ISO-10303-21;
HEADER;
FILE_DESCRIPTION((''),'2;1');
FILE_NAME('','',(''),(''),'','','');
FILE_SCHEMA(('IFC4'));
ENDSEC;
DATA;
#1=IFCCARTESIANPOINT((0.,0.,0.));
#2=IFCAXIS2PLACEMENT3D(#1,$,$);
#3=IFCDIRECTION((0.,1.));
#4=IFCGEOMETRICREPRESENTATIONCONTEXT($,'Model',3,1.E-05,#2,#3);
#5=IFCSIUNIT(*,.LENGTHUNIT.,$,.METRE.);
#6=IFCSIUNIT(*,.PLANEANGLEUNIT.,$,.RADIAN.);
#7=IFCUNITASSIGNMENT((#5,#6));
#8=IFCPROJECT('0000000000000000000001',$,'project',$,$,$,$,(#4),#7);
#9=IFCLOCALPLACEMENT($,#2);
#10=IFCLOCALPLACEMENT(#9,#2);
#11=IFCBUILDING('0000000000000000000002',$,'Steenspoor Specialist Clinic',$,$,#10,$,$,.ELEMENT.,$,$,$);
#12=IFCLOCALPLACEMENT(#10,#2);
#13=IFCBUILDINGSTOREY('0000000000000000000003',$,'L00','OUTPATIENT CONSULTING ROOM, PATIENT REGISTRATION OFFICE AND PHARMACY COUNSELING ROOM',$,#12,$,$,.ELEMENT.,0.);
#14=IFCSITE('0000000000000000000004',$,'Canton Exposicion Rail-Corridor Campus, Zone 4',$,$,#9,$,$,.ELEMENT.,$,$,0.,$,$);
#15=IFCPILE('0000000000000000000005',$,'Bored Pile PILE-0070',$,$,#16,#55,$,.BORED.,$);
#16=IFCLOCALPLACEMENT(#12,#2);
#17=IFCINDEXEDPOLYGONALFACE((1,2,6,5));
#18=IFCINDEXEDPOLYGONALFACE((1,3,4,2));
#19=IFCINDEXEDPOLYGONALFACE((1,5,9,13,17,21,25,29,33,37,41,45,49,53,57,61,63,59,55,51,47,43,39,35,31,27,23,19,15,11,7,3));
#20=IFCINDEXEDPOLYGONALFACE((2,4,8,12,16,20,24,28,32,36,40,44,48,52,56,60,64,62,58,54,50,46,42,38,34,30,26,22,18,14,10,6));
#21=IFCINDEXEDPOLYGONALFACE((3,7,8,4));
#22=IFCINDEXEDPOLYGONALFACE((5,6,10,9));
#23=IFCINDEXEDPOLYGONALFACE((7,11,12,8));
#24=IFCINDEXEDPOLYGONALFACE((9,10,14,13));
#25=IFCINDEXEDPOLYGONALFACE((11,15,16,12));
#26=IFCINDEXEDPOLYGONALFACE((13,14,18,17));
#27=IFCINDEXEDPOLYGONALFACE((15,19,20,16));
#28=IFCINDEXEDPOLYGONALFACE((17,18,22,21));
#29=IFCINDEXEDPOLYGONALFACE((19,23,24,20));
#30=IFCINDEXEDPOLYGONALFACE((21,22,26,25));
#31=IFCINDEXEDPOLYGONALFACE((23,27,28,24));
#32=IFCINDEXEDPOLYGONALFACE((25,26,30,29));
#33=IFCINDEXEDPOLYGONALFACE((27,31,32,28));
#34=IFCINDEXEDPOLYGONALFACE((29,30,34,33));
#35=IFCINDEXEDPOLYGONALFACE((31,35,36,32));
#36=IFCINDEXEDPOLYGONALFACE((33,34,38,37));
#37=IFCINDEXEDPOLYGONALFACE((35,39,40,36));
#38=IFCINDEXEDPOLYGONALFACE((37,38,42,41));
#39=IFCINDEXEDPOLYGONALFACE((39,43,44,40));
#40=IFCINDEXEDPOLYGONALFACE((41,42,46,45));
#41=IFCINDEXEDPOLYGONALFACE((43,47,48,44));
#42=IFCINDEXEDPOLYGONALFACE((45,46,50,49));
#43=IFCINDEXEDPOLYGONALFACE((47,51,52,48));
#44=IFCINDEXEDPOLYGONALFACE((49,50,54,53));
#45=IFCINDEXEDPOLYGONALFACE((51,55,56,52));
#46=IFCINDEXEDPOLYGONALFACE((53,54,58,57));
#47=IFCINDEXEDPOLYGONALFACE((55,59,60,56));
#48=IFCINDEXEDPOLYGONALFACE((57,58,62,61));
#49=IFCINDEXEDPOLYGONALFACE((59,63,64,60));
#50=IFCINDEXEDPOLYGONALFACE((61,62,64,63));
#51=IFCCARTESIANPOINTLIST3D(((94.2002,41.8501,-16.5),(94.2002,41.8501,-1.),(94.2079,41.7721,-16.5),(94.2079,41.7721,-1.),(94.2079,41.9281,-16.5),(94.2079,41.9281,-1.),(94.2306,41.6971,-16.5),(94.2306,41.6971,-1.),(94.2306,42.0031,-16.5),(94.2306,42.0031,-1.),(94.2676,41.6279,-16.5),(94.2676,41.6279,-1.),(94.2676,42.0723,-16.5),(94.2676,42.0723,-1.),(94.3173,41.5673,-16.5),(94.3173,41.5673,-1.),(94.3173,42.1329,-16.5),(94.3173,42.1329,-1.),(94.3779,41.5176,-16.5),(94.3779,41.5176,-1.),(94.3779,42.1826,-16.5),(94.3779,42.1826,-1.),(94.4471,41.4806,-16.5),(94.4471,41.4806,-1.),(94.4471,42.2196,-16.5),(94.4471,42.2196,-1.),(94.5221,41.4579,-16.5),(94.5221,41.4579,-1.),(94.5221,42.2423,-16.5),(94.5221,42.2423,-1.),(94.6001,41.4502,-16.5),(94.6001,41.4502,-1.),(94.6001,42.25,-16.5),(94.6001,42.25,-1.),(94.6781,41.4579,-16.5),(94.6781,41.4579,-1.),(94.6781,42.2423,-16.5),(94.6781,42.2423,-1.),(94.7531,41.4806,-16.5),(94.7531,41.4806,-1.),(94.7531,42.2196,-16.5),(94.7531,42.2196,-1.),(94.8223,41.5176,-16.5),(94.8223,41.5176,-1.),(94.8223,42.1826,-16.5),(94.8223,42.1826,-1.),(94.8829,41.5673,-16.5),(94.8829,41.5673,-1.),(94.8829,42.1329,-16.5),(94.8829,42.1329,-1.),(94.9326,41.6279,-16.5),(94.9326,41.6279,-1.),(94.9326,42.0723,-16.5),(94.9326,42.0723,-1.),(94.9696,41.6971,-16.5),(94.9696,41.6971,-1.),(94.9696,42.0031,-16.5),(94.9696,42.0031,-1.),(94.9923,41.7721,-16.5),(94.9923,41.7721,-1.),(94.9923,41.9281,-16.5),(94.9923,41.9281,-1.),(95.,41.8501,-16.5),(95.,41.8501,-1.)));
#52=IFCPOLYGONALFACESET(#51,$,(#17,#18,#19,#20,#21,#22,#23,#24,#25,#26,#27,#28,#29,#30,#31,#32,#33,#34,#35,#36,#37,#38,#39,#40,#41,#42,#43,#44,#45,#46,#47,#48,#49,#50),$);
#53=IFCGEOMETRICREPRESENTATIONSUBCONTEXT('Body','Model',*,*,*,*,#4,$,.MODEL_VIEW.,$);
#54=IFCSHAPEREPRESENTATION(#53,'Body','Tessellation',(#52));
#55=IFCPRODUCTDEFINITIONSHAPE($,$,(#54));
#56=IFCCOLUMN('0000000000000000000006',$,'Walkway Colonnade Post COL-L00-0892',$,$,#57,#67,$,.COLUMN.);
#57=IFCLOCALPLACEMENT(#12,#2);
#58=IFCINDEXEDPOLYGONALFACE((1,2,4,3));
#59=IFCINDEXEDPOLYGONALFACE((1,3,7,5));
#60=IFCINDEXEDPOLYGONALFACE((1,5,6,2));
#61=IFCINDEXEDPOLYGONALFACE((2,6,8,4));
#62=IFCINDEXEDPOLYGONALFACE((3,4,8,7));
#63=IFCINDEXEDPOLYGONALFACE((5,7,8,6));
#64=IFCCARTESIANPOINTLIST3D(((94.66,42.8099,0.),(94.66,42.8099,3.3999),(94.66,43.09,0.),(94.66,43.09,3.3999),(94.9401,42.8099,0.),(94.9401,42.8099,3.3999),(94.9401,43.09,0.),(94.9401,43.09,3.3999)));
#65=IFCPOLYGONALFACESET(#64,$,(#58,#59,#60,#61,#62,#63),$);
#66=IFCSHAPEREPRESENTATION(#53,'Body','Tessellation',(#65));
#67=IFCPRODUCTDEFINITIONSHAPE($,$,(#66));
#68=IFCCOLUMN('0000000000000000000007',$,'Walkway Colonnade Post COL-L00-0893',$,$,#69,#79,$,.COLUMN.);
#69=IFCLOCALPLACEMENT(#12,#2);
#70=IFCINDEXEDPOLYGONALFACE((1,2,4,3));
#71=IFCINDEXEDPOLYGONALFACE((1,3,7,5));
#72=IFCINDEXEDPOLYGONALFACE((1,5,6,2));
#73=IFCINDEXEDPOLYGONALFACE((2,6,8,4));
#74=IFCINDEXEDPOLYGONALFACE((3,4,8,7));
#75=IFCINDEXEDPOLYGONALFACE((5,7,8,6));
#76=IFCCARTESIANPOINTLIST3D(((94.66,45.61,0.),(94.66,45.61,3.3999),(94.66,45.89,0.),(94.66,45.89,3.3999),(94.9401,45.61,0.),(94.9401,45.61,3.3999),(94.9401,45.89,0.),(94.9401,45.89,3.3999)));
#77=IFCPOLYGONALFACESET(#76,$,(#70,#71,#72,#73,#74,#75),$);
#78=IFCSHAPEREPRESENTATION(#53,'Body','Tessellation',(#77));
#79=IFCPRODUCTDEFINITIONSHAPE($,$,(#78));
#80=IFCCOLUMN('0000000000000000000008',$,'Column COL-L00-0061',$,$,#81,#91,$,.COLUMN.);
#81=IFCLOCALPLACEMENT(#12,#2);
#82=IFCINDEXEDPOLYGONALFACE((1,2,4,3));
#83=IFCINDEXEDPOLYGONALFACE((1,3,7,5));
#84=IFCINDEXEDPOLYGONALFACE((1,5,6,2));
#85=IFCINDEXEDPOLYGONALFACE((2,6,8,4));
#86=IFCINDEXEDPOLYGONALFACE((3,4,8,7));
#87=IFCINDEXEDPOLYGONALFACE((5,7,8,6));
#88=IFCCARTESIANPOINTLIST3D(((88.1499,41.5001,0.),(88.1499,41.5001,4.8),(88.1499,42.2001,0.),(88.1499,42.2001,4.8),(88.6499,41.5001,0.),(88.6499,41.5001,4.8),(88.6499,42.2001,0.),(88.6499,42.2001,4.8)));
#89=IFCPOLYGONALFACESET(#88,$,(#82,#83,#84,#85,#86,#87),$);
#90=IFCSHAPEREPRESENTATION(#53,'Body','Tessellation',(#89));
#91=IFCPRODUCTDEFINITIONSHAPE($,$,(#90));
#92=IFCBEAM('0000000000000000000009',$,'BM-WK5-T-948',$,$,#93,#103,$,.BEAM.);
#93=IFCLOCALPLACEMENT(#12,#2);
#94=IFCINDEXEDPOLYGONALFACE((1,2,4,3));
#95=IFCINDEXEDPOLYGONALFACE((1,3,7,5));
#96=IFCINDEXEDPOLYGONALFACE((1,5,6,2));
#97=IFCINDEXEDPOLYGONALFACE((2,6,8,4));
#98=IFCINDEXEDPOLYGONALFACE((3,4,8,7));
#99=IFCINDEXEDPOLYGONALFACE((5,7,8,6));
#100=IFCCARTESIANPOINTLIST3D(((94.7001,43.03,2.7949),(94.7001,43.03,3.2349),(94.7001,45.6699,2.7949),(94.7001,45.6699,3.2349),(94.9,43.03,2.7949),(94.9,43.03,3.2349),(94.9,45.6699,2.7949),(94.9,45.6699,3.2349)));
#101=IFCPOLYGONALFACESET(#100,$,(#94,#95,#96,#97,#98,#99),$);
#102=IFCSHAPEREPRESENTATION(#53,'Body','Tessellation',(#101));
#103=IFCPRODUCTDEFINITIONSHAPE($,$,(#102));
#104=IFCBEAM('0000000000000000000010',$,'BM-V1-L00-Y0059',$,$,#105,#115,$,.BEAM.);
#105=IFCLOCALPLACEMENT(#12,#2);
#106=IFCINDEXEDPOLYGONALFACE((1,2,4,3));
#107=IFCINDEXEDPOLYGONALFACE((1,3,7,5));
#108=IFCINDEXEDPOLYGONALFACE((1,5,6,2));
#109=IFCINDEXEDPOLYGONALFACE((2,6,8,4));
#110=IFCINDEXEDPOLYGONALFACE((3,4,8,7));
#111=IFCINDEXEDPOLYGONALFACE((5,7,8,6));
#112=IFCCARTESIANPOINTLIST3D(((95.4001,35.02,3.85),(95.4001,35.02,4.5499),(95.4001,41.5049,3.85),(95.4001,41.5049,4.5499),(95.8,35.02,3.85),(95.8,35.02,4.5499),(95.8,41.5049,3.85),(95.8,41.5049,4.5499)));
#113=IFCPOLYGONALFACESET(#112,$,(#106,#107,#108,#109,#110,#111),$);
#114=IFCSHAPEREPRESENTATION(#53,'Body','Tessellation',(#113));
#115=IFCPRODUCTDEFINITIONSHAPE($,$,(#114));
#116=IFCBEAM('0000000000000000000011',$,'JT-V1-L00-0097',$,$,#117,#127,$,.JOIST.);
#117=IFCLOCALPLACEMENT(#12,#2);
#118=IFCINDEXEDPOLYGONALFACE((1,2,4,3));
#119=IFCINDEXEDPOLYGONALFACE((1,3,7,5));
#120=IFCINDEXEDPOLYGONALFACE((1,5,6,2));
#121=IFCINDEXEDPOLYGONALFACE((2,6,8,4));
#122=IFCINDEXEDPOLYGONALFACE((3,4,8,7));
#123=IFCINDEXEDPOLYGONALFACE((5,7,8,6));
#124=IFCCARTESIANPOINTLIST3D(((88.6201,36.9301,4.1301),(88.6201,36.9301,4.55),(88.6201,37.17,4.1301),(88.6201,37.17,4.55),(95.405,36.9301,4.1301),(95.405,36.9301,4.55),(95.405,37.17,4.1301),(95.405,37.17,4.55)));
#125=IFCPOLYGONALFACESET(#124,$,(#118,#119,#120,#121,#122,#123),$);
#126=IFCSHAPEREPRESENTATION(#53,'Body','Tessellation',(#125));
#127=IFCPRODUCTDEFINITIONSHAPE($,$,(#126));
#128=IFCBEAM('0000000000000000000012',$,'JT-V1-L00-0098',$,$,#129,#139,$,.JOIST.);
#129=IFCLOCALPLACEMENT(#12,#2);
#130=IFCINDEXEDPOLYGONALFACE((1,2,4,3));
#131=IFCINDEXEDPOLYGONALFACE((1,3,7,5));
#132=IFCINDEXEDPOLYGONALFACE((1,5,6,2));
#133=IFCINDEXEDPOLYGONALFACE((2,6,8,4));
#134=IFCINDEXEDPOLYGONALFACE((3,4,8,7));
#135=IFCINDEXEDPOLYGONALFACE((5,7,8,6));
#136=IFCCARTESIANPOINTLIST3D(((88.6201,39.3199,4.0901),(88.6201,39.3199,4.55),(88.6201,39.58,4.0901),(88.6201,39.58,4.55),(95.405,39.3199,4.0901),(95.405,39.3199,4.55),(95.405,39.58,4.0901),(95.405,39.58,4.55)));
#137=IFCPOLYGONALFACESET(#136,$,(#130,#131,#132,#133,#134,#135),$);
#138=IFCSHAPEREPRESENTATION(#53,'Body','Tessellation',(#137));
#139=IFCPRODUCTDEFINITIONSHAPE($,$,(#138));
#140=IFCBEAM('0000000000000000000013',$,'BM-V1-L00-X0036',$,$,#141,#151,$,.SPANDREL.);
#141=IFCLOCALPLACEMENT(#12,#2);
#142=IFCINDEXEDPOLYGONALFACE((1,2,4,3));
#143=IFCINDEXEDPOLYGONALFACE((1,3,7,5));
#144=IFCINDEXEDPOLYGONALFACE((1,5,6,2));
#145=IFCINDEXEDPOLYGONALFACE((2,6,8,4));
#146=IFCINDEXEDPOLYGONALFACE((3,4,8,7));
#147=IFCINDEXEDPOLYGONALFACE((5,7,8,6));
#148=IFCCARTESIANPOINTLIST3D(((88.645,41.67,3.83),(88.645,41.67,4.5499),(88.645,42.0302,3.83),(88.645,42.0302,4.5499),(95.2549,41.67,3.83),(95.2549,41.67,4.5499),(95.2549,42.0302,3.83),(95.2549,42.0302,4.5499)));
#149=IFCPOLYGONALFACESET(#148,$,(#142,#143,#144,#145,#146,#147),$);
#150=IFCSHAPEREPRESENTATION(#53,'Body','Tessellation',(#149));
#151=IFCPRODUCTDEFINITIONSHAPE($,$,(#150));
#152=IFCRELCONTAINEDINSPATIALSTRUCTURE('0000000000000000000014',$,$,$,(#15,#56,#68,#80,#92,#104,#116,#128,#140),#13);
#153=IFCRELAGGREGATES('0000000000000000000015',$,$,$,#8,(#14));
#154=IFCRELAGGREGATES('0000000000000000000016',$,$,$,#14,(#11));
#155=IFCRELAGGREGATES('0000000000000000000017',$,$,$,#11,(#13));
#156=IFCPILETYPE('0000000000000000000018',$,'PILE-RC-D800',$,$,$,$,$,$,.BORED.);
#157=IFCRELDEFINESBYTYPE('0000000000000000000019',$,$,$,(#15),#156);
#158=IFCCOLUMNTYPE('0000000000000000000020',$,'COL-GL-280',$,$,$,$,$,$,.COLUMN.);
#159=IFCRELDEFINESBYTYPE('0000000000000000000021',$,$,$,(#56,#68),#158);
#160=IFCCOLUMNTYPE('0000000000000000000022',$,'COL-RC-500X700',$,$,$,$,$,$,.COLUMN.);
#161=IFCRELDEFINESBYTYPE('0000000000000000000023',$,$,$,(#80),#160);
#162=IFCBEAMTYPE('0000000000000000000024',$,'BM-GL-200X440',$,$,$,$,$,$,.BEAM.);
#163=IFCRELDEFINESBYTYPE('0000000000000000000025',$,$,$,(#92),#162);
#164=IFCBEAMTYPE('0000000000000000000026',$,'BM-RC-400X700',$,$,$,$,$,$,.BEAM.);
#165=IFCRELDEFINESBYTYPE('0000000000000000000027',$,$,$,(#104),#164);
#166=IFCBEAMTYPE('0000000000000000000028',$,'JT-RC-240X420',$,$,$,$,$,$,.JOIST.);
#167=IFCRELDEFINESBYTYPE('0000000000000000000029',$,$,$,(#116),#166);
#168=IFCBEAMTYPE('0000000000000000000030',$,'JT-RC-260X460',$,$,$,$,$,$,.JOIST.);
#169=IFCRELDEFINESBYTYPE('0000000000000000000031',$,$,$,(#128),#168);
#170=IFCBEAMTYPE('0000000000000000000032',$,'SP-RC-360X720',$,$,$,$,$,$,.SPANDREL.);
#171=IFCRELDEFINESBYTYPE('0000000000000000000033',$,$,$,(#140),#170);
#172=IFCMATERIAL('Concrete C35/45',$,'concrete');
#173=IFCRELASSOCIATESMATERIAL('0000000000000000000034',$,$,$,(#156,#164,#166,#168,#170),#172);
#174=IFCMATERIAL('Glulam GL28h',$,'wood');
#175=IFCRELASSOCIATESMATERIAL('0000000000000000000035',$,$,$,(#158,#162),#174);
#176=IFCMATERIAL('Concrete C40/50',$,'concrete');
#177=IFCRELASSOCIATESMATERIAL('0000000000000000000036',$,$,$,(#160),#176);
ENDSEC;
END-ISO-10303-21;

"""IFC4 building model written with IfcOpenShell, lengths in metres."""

from ifc_helpers import new_model, si_unit, direction, frame, origin, origin_2d, place, context, subcontext, project, spatial, rectangle, circle, extrude, material, material_profile, profile_set, type_object, element, save


model = new_model("IFC4")

# Units and contexts
model_context = context("Model", 3, precision=1e-05, world=origin(), true_north=direction((0.0, 1.0)))
body_context = subcontext(model_context, "Body", "Model", "MODEL_VIEW")
ifc_project = project(units=[si_unit("LENGTHUNIT", "METRE"), si_unit("PLANEANGLEUNIT", "RADIAN")], contexts=[model_context])

# Site, building, storey
site_placement = place(None, origin())
site = spatial("IfcSite", under=ifc_project, at=site_placement, Name="Canton Exposicion Rail-Corridor Campus, Zone 4", CompositionType="ELEMENT", RefElevation=0.0)
building_placement = place(site_placement, origin())
building = spatial("IfcBuilding", under=site, at=building_placement, Name="Steenspoor Specialist Clinic", CompositionType="ELEMENT")
storey_placement = place(building_placement, origin())
storey = spatial("IfcBuildingStorey", under=building, at=storey_placement, Name="L00", Description="OUTPATIENT CONSULTING ROOM, PATIENT REGISTRATION OFFICE AND PHARMACY COUNSELING ROOM", CompositionType="ELEMENT", Elevation=0.0)

# Shared definitions
ifc_material_1 = material(Name="Concrete C35/45", Category="concrete")

# Pile
ifc_material_profile_1 = material_profile(ifc_material_1, circle(Radius=0.3999, at=origin_2d()), Name="PILE-D800")
ifc_profile_set_1 = profile_set([ifc_material_profile_1], Name="Concrete C35/45")
pile_type_1 = type_object("IfcPileType", Name="PILE-RC-D800", PredefinedType="BORED", material=ifc_profile_set_1)
pile_1_placement = place(storey_placement, frame((94.6001, 41.8501, -1.0), z_axis=(0.0, 0.0, -1.0), x_axis=(1.0, 0.0, 0.0)))
element("IfcPile", 1, at=pile_1_placement, inside=storey, type_object=pile_type_1, Name="Bored Pile PILE-0070", PredefinedType="BORED", context=body_context, shape_type="SweptSolid", body=[
    extrude(circle(Radius=0.3999, at=origin_2d()), origin(), (0.0, 0.0, 1.0), 15.5),
])

# Columns
ifc_material_2 = material(Name="Glulam GL28h", Category="wood")
ifc_material_profile_2 = material_profile(ifc_material_2, rectangle(XDim=0.28, YDim=0.28, at=origin_2d()), Name="GL28H-280X280")
ifc_profile_set_2 = profile_set([ifc_material_profile_2], Name="Glulam GL28h")
column_type_1 = type_object("IfcColumnType", Name="COL-GL-280", PredefinedType="COLUMN", material=ifc_profile_set_2)
for number, where, z_axis, x_axis, name in (
    (2, (94.8, 42.95, 0.0), (0.0, 0.0, 1.0), (1.0, 0.0, 0.0), "Walkway Colonnade Post COL-L00-0892"),
    (3, (94.8, 45.75, 0.0), (0.0, 0.0, 1.0), (1.0, 0.0, 0.0), "Walkway Colonnade Post COL-L00-0893"),
):
    element("IfcColumn", number, at=place(storey_placement, frame(where, z_axis=z_axis, x_axis=x_axis)), inside=storey, type_object=column_type_1, Name=name, PredefinedType="COLUMN", context=body_context, shape_type="SweptSolid", body=[
        extrude(rectangle(XDim=0.28, YDim=0.28, at=origin_2d()), origin(), (0.0, 0.0, 1.0), 3.3999),
    ])
ifc_material_3 = material(Name="Concrete C40/50", Category="concrete")
ifc_material_profile_3 = material_profile(ifc_material_3, rectangle(XDim=0.5, YDim=0.7, at=origin_2d()), Name="RC-COL-500X700")
ifc_profile_set_3 = profile_set([ifc_material_profile_3], Name="Concrete C40/50")
column_type_2 = type_object("IfcColumnType", Name="COL-RC-500X700", PredefinedType="COLUMN", material=ifc_profile_set_3)
column_placement = place(storey_placement, frame((88.3999, 41.8501, 0.0), z_axis=(0.0, 0.0, 1.0), x_axis=(1.0, 0.0, 0.0)))
element("IfcColumn", 4, at=column_placement, inside=storey, type_object=column_type_2, Name="Column COL-L00-0061", PredefinedType="COLUMN", context=body_context, shape_type="SweptSolid", body=[
    extrude(rectangle(XDim=0.5, YDim=0.7, at=origin_2d()), origin(), (0.0, 0.0, 1.0), 4.8),
])

# Beams
ifc_material_profile_4 = material_profile(ifc_material_2, rectangle(XDim=0.2, YDim=0.4399, at=origin_2d()), Name="GL28H-200X440")
ifc_profile_set_4 = profile_set([ifc_material_profile_4], Name="Glulam GL28h")
beam_type_1 = type_object("IfcBeamType", Name="BM-GL-200X440", PredefinedType="BEAM", material=ifc_profile_set_4)
beam_1_placement = place(storey_placement, frame((94.8, 43.03, 3.0149), z_axis=(0.0, 1.0, 0.0), x_axis=(-1.0, 0.0, 0.0)))
element("IfcBeam", 5, at=beam_1_placement, inside=storey, type_object=beam_type_1, Name="BM-WK5-T-948", PredefinedType="BEAM", context=body_context, shape_type="SweptSolid", body=[
    extrude(rectangle(XDim=0.2, YDim=0.4399, at=origin_2d()), origin(), (0.0, 0.0, 1.0), 2.6399),
])
ifc_material_profile_5 = material_profile(ifc_material_1, rectangle(XDim=0.3999, YDim=0.7, at=origin_2d()), Name="RC-BM-400X700")
ifc_profile_set_5 = profile_set([ifc_material_profile_5], Name="Concrete C35/45")
beam_type_2 = type_object("IfcBeamType", Name="BM-RC-400X700", PredefinedType="BEAM", material=ifc_profile_set_5)
beam_2_placement = place(storey_placement, frame((95.6001, 35.02, 4.2), z_axis=(0.0, 1.0, 0.0), x_axis=(-1.0, 0.0, 0.0)))
element("IfcBeam", 6, at=beam_2_placement, inside=storey, type_object=beam_type_2, Name="BM-V1-L00-Y0059", PredefinedType="BEAM", context=body_context, shape_type="SweptSolid", body=[
    extrude(rectangle(XDim=0.3999, YDim=0.7, at=origin_2d()), origin(), (0.0, 0.0, 1.0), 6.4849),
])
ifc_material_profile_6 = material_profile(ifc_material_1, rectangle(XDim=0.24, YDim=0.4199, at=origin_2d()), Name="RC-JT-240X420")
ifc_profile_set_6 = profile_set([ifc_material_profile_6], Name="Concrete C35/45")
beam_type_3 = type_object("IfcBeamType", Name="JT-RC-240X420", PredefinedType="JOIST", material=ifc_profile_set_6)
beam_3_placement = place(storey_placement, frame((88.6201, 37.05, 4.3401), z_axis=(1.0, 0.0, 0.0), x_axis=(0.0, 1.0, 0.0)))
element("IfcBeam", 7, at=beam_3_placement, inside=storey, type_object=beam_type_3, Name="JT-V1-L00-0097", PredefinedType="JOIST", context=body_context, shape_type="SweptSolid", body=[
    extrude(rectangle(XDim=0.24, YDim=0.4199, at=origin_2d()), origin(), (0.0, 0.0, 1.0), 6.7849),
])
ifc_material_profile_7 = material_profile(ifc_material_1, rectangle(XDim=0.26, YDim=0.46, at=origin_2d()), Name="RC-JT-260X460")
ifc_profile_set_7 = profile_set([ifc_material_profile_7], Name="Concrete C35/45")
beam_type_4 = type_object("IfcBeamType", Name="JT-RC-260X460", PredefinedType="JOIST", material=ifc_profile_set_7)
beam_4_placement = place(storey_placement, frame((88.6201, 39.45, 4.3201), z_axis=(1.0, 0.0, 0.0), x_axis=(0.0, 1.0, 0.0)))
element("IfcBeam", 8, at=beam_4_placement, inside=storey, type_object=beam_type_4, Name="JT-V1-L00-0098", PredefinedType="JOIST", context=body_context, shape_type="SweptSolid", body=[
    extrude(rectangle(XDim=0.26, YDim=0.46, at=origin_2d()), origin(), (0.0, 0.0, 1.0), 6.7849),
])
ifc_material_profile_8 = material_profile(ifc_material_1, rectangle(XDim=0.3601, YDim=0.72, at=origin_2d()), Name="RC-SP-360X720")
ifc_profile_set_8 = profile_set([ifc_material_profile_8], Name="Concrete C35/45")
beam_type_5 = type_object("IfcBeamType", Name="SP-RC-360X720", PredefinedType="SPANDREL", material=ifc_profile_set_8)
beam_5_placement = place(storey_placement, frame((88.645, 41.8501, 4.1899), z_axis=(1.0, 0.0, 0.0), x_axis=(0.0, 1.0, 0.0)))
element("IfcBeam", 9, at=beam_5_placement, inside=storey, type_object=beam_type_5, Name="BM-V1-L00-X0036", PredefinedType="SPANDREL", context=body_context, shape_type="SweptSolid", body=[
    extrude(rectangle(XDim=0.3601, YDim=0.72, at=origin_2d()), origin(), (0.0, 0.0, 1.0), 6.6099),
])

save(model, "model.ifc")
